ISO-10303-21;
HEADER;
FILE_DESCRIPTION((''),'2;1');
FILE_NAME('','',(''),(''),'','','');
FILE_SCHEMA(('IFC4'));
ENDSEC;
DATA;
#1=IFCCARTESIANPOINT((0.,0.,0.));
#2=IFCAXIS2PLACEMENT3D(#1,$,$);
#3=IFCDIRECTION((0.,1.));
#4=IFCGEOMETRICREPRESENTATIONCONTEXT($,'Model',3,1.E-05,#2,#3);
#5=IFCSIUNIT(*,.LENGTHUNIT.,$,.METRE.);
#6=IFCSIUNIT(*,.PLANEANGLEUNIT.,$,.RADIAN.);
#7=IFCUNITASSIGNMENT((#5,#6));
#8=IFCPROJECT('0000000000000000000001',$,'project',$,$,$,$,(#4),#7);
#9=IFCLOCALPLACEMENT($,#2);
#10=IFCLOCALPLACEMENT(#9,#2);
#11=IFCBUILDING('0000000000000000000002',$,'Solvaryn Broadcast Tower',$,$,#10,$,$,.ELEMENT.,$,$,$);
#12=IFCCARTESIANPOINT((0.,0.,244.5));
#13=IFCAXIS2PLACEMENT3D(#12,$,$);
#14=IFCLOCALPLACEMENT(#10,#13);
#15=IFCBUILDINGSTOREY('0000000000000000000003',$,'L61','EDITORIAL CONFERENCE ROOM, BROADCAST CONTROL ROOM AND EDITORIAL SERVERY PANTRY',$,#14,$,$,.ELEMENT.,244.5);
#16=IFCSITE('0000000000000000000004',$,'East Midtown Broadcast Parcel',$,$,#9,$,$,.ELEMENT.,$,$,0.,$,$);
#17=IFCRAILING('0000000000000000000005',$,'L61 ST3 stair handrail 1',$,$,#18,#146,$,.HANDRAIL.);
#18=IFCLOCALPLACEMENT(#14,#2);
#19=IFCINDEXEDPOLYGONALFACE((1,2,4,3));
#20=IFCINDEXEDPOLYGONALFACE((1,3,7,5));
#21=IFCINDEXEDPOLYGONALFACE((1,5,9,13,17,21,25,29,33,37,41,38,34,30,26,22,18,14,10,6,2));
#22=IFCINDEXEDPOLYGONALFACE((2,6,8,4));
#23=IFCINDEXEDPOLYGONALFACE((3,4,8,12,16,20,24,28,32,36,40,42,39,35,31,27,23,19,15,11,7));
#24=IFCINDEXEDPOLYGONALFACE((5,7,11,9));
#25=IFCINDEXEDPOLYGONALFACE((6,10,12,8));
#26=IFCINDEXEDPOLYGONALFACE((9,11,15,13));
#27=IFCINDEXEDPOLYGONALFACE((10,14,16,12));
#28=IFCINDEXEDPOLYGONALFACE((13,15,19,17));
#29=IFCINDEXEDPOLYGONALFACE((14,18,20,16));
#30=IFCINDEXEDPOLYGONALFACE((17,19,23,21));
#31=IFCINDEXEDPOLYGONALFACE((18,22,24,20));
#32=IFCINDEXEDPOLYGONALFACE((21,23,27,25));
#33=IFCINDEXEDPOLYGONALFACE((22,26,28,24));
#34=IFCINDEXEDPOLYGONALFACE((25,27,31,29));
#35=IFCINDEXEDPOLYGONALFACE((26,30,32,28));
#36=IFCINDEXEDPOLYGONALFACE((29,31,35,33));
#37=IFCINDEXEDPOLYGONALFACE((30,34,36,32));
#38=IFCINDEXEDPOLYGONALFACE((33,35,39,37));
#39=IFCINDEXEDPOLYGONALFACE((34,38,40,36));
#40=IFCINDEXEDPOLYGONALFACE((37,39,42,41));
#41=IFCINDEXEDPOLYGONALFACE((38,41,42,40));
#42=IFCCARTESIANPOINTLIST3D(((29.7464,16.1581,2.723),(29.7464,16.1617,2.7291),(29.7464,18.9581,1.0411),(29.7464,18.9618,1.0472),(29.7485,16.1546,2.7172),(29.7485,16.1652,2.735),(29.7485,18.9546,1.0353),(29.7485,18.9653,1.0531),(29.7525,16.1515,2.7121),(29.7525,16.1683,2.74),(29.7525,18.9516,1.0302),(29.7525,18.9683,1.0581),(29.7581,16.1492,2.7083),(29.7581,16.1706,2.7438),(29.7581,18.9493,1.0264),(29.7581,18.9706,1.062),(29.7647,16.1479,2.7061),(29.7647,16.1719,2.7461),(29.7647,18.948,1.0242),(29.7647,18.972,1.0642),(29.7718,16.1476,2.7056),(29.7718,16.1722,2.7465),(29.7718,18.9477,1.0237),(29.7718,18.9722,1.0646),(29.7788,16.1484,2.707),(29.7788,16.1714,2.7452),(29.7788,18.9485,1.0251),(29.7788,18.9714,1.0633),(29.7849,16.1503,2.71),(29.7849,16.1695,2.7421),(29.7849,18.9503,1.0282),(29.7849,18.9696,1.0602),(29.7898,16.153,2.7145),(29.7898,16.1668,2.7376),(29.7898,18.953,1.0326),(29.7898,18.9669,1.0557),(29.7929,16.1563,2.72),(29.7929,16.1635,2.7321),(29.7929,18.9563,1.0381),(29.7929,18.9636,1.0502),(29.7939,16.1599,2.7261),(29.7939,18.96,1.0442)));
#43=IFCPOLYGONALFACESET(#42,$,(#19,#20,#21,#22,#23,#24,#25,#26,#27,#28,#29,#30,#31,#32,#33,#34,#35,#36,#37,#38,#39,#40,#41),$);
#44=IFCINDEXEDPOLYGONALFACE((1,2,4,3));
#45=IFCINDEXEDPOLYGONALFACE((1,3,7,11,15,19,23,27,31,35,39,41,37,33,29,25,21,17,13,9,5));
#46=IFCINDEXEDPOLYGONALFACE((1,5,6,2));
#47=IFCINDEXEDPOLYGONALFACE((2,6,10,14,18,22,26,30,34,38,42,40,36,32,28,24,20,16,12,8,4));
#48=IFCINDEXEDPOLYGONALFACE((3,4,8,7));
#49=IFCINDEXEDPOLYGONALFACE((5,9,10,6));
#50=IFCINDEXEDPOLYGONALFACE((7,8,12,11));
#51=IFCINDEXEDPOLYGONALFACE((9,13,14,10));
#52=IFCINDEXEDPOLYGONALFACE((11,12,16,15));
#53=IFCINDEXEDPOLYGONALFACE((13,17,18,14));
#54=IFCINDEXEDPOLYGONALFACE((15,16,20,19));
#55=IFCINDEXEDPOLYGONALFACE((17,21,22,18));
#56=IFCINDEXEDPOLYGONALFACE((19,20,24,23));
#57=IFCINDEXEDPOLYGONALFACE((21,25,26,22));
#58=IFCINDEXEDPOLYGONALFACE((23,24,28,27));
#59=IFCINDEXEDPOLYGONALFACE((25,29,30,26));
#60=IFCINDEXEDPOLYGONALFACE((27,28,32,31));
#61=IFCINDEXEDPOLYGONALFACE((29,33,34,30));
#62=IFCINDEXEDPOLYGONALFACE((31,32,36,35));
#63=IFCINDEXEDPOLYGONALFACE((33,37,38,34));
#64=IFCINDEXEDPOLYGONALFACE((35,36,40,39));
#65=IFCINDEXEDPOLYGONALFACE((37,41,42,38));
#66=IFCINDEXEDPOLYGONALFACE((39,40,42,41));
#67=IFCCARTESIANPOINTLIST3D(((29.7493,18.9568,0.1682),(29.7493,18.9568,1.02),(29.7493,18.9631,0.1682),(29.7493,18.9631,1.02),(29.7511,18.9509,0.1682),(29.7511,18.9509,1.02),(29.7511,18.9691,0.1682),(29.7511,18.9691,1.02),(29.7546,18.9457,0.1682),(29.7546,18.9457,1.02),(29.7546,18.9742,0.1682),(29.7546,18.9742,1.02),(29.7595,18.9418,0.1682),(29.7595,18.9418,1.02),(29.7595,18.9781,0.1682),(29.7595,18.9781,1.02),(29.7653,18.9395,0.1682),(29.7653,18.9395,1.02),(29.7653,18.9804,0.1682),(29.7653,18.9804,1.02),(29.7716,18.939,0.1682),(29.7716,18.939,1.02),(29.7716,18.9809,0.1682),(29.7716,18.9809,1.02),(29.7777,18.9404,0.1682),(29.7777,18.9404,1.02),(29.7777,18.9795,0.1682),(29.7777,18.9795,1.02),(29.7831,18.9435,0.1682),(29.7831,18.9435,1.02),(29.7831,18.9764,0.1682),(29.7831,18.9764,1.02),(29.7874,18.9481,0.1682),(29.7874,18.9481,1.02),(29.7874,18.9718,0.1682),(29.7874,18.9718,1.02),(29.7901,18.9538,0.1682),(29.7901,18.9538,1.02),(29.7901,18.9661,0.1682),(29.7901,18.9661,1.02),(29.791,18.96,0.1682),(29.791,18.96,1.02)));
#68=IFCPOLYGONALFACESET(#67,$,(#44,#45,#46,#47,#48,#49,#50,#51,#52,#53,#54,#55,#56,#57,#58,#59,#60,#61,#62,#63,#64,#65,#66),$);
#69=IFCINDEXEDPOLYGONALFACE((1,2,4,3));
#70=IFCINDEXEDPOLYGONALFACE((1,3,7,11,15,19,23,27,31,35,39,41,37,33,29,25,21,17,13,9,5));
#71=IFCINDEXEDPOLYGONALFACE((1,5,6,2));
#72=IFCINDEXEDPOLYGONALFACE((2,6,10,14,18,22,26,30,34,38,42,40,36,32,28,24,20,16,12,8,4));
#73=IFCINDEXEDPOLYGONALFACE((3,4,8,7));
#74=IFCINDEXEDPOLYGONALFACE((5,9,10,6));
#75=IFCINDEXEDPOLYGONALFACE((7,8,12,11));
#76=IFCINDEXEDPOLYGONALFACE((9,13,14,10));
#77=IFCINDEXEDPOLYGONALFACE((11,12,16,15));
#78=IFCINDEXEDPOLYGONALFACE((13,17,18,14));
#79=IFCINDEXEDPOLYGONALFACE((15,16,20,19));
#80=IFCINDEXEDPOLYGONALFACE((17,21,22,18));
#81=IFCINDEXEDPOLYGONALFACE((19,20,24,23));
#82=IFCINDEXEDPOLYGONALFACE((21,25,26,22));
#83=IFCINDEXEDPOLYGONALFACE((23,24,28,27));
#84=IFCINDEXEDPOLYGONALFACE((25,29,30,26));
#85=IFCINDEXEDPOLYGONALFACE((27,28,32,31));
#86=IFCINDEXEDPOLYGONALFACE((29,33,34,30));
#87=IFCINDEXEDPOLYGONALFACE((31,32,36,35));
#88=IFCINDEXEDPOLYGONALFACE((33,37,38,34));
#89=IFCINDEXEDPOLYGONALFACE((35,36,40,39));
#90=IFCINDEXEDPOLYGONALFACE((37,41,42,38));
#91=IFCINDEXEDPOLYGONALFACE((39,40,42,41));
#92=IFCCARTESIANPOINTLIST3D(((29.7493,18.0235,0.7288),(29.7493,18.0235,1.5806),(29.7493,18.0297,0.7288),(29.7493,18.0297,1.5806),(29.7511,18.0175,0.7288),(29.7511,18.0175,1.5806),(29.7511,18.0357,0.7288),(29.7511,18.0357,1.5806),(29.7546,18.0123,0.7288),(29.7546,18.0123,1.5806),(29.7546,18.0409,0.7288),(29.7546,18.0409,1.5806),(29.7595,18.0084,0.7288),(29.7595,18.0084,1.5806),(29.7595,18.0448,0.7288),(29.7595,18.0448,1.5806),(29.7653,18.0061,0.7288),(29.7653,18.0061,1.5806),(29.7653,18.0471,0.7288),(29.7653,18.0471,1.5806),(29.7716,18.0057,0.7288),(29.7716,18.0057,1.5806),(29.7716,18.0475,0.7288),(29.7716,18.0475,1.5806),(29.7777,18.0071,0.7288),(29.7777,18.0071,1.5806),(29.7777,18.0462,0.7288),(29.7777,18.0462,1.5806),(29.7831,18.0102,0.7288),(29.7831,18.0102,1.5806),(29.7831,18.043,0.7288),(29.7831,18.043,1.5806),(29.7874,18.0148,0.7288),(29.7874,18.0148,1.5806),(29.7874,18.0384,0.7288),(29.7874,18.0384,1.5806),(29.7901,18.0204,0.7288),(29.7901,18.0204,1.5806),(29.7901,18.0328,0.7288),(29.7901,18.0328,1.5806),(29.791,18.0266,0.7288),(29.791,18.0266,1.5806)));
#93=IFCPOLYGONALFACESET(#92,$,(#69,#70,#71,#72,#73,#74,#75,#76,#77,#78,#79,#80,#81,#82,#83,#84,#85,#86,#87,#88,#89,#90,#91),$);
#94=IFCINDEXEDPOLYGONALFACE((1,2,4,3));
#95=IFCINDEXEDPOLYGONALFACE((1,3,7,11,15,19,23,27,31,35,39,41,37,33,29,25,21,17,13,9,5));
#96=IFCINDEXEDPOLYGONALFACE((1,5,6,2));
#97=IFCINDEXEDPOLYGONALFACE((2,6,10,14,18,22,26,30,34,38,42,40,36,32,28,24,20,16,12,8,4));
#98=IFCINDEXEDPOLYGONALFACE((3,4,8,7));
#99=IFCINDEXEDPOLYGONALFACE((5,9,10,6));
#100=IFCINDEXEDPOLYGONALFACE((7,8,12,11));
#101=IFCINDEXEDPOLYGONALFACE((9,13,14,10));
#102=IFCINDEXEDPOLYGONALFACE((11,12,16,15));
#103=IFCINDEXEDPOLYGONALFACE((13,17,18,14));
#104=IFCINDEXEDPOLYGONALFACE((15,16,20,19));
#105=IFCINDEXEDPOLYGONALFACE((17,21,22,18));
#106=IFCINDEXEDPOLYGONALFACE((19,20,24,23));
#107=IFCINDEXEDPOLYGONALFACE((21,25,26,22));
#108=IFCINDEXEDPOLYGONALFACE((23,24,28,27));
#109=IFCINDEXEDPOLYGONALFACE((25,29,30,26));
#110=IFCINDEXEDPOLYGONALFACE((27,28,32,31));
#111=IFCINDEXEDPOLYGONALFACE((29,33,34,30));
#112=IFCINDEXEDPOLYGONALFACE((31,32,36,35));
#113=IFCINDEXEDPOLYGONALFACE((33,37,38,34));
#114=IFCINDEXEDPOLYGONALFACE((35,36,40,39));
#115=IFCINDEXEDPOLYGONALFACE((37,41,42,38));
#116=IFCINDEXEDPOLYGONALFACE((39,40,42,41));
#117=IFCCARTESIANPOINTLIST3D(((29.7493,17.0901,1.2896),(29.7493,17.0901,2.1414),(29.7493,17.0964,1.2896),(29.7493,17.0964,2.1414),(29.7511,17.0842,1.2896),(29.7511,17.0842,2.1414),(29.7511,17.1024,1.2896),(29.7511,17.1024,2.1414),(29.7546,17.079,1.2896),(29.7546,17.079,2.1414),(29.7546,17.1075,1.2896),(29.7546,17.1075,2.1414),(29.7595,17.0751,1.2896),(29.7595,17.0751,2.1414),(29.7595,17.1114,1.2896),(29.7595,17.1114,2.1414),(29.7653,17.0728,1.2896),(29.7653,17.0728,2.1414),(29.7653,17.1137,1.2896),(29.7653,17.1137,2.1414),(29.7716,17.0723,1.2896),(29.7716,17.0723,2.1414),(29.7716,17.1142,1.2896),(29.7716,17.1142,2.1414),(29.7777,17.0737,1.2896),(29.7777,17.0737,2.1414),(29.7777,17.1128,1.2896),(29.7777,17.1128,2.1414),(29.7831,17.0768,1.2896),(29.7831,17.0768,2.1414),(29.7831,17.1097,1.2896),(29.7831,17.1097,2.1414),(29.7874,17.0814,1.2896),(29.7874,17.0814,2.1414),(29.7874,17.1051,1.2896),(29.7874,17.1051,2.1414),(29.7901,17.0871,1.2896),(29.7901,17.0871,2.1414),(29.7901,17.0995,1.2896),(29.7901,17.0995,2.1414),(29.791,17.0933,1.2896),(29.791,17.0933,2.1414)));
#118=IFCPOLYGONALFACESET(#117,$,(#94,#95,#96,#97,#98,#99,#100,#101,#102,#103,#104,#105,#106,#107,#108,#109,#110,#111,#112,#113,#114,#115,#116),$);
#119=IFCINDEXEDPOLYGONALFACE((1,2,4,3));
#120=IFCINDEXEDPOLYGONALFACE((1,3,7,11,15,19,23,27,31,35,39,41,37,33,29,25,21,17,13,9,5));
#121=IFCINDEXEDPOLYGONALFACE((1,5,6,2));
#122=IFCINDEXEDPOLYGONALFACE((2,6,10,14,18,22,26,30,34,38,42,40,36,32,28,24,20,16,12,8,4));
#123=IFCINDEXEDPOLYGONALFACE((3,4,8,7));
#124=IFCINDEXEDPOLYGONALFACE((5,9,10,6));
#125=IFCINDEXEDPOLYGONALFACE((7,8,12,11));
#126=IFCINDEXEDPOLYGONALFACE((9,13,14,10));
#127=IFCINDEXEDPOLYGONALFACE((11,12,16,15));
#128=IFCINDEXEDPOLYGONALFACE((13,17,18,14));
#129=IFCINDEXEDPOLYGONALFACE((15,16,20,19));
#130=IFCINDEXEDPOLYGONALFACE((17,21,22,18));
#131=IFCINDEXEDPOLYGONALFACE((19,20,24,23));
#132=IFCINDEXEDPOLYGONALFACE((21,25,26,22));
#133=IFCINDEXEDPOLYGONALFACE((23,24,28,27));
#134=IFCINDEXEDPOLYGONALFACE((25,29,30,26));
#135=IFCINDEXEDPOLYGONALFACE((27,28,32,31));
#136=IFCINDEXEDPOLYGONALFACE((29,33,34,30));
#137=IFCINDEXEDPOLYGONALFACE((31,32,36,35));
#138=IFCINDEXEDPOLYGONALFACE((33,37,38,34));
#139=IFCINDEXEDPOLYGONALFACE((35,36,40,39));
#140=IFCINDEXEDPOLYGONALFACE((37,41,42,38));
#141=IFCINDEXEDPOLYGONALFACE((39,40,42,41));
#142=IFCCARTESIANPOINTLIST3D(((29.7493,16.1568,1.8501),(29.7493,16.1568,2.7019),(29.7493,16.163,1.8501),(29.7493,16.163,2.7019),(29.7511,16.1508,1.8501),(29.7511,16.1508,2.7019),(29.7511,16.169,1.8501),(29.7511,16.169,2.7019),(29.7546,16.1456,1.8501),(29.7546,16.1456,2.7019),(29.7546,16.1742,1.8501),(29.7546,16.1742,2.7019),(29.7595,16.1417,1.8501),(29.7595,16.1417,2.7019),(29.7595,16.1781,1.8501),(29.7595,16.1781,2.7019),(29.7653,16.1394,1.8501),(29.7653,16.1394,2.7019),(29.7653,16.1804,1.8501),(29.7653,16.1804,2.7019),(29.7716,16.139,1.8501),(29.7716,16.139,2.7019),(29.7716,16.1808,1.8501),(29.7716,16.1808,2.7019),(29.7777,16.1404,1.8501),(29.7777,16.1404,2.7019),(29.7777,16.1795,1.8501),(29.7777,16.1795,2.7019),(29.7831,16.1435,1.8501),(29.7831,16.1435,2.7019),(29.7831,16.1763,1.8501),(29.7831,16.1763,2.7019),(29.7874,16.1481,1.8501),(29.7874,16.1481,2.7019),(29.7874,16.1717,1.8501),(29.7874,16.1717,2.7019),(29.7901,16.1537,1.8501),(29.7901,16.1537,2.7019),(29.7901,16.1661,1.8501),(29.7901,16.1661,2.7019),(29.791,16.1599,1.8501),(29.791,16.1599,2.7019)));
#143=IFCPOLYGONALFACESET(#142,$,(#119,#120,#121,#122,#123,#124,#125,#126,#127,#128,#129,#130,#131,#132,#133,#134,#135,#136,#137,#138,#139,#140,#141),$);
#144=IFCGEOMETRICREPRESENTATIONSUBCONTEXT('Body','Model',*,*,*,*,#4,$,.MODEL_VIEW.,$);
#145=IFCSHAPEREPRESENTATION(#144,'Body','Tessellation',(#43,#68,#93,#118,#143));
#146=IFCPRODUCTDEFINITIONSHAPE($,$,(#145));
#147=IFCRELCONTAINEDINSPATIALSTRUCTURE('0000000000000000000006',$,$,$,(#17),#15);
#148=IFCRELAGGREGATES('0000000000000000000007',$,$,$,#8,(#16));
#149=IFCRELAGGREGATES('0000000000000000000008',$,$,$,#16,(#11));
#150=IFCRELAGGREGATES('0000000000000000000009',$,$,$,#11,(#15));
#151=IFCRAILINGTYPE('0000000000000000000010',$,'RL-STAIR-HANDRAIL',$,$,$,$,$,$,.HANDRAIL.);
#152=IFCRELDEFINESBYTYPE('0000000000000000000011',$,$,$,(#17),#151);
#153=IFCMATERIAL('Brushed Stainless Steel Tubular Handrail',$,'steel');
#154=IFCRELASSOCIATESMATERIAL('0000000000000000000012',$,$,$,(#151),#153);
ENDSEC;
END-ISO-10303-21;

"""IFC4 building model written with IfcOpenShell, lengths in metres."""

from ifc_helpers import new_model, si_unit, direction, frame, origin, origin_2d, place, context, subcontext, project, spatial, circle, extrude, material, type_object, element, save


model = new_model("IFC4")

# Units and contexts
model_context = context("Model", 3, precision=1e-05, world=origin(), true_north=direction((0.0, 1.0)))
body_context = subcontext(model_context, "Body", "Model", "MODEL_VIEW")
ifc_project = project(units=[si_unit("LENGTHUNIT", "METRE"), si_unit("PLANEANGLEUNIT", "RADIAN")], contexts=[model_context])

# Site, building, storey
site_placement = place(None, origin())
site = spatial("IfcSite", under=ifc_project, at=site_placement, Name="East Midtown Broadcast Parcel", CompositionType="ELEMENT", RefElevation=0.0)
building_placement = place(site_placement, origin())
building = spatial("IfcBuilding", under=site, at=building_placement, Name="Solvaryn Broadcast Tower", CompositionType="ELEMENT")
storey_placement = place(building_placement, frame((0.0, 0.0, 244.5)))
storey = spatial("IfcBuildingStorey", under=building, at=storey_placement, Name="L61", Description="EDITORIAL CONFERENCE ROOM, BROADCAST CONTROL ROOM AND EDITORIAL SERVERY PANTRY", CompositionType="ELEMENT", Elevation=244.5)

# Railing
ifc_material_1 = material(Name="Brushed Stainless Steel Tubular Handrail", Category="steel")
railing_type_1 = type_object("IfcRailingType", Name="RL-STAIR-HANDRAIL", PredefinedType="HANDRAIL", material=ifc_material_1)
railing_1_placement = place(storey_placement, frame((29.77, 18.96, 0.1682)))
element("IfcRailing", 1, at=railing_1_placement, inside=storey, type_object=railing_type_1, Name="L61 ST3 stair handrail 1", PredefinedType="HANDRAIL", context=body_context, shape_type="SweptSolid", body=[
    extrude(circle(Radius=0.0239, at=origin_2d()), frame((0.0, 0.0, 0.876), z_axis=(0.0, -0.857242, 0.514913), x_axis=(1.0, 0.0, 0.0)), (0.0, 0.0, 1.0), 3.2664),
    extrude(circle(Radius=0.021, at=origin_2d()), origin(), (0.0, 0.0, 1.0), 0.8518),
    extrude(circle(Radius=0.021, at=origin_2d()), frame((0.0, -0.9333, 0.5605)), (0.0, 0.0, 1.0), 0.8518),
    extrude(circle(Radius=0.021, at=origin_2d()), frame((0.0, -1.8667, 1.1213)), (0.0, 0.0, 1.0), 0.8518),
    extrude(circle(Radius=0.021, at=origin_2d()), frame((0.0, -2.8, 1.6819)), (0.0, 0.0, 1.0), 0.8518),
])

save(model, "model.ifc")
